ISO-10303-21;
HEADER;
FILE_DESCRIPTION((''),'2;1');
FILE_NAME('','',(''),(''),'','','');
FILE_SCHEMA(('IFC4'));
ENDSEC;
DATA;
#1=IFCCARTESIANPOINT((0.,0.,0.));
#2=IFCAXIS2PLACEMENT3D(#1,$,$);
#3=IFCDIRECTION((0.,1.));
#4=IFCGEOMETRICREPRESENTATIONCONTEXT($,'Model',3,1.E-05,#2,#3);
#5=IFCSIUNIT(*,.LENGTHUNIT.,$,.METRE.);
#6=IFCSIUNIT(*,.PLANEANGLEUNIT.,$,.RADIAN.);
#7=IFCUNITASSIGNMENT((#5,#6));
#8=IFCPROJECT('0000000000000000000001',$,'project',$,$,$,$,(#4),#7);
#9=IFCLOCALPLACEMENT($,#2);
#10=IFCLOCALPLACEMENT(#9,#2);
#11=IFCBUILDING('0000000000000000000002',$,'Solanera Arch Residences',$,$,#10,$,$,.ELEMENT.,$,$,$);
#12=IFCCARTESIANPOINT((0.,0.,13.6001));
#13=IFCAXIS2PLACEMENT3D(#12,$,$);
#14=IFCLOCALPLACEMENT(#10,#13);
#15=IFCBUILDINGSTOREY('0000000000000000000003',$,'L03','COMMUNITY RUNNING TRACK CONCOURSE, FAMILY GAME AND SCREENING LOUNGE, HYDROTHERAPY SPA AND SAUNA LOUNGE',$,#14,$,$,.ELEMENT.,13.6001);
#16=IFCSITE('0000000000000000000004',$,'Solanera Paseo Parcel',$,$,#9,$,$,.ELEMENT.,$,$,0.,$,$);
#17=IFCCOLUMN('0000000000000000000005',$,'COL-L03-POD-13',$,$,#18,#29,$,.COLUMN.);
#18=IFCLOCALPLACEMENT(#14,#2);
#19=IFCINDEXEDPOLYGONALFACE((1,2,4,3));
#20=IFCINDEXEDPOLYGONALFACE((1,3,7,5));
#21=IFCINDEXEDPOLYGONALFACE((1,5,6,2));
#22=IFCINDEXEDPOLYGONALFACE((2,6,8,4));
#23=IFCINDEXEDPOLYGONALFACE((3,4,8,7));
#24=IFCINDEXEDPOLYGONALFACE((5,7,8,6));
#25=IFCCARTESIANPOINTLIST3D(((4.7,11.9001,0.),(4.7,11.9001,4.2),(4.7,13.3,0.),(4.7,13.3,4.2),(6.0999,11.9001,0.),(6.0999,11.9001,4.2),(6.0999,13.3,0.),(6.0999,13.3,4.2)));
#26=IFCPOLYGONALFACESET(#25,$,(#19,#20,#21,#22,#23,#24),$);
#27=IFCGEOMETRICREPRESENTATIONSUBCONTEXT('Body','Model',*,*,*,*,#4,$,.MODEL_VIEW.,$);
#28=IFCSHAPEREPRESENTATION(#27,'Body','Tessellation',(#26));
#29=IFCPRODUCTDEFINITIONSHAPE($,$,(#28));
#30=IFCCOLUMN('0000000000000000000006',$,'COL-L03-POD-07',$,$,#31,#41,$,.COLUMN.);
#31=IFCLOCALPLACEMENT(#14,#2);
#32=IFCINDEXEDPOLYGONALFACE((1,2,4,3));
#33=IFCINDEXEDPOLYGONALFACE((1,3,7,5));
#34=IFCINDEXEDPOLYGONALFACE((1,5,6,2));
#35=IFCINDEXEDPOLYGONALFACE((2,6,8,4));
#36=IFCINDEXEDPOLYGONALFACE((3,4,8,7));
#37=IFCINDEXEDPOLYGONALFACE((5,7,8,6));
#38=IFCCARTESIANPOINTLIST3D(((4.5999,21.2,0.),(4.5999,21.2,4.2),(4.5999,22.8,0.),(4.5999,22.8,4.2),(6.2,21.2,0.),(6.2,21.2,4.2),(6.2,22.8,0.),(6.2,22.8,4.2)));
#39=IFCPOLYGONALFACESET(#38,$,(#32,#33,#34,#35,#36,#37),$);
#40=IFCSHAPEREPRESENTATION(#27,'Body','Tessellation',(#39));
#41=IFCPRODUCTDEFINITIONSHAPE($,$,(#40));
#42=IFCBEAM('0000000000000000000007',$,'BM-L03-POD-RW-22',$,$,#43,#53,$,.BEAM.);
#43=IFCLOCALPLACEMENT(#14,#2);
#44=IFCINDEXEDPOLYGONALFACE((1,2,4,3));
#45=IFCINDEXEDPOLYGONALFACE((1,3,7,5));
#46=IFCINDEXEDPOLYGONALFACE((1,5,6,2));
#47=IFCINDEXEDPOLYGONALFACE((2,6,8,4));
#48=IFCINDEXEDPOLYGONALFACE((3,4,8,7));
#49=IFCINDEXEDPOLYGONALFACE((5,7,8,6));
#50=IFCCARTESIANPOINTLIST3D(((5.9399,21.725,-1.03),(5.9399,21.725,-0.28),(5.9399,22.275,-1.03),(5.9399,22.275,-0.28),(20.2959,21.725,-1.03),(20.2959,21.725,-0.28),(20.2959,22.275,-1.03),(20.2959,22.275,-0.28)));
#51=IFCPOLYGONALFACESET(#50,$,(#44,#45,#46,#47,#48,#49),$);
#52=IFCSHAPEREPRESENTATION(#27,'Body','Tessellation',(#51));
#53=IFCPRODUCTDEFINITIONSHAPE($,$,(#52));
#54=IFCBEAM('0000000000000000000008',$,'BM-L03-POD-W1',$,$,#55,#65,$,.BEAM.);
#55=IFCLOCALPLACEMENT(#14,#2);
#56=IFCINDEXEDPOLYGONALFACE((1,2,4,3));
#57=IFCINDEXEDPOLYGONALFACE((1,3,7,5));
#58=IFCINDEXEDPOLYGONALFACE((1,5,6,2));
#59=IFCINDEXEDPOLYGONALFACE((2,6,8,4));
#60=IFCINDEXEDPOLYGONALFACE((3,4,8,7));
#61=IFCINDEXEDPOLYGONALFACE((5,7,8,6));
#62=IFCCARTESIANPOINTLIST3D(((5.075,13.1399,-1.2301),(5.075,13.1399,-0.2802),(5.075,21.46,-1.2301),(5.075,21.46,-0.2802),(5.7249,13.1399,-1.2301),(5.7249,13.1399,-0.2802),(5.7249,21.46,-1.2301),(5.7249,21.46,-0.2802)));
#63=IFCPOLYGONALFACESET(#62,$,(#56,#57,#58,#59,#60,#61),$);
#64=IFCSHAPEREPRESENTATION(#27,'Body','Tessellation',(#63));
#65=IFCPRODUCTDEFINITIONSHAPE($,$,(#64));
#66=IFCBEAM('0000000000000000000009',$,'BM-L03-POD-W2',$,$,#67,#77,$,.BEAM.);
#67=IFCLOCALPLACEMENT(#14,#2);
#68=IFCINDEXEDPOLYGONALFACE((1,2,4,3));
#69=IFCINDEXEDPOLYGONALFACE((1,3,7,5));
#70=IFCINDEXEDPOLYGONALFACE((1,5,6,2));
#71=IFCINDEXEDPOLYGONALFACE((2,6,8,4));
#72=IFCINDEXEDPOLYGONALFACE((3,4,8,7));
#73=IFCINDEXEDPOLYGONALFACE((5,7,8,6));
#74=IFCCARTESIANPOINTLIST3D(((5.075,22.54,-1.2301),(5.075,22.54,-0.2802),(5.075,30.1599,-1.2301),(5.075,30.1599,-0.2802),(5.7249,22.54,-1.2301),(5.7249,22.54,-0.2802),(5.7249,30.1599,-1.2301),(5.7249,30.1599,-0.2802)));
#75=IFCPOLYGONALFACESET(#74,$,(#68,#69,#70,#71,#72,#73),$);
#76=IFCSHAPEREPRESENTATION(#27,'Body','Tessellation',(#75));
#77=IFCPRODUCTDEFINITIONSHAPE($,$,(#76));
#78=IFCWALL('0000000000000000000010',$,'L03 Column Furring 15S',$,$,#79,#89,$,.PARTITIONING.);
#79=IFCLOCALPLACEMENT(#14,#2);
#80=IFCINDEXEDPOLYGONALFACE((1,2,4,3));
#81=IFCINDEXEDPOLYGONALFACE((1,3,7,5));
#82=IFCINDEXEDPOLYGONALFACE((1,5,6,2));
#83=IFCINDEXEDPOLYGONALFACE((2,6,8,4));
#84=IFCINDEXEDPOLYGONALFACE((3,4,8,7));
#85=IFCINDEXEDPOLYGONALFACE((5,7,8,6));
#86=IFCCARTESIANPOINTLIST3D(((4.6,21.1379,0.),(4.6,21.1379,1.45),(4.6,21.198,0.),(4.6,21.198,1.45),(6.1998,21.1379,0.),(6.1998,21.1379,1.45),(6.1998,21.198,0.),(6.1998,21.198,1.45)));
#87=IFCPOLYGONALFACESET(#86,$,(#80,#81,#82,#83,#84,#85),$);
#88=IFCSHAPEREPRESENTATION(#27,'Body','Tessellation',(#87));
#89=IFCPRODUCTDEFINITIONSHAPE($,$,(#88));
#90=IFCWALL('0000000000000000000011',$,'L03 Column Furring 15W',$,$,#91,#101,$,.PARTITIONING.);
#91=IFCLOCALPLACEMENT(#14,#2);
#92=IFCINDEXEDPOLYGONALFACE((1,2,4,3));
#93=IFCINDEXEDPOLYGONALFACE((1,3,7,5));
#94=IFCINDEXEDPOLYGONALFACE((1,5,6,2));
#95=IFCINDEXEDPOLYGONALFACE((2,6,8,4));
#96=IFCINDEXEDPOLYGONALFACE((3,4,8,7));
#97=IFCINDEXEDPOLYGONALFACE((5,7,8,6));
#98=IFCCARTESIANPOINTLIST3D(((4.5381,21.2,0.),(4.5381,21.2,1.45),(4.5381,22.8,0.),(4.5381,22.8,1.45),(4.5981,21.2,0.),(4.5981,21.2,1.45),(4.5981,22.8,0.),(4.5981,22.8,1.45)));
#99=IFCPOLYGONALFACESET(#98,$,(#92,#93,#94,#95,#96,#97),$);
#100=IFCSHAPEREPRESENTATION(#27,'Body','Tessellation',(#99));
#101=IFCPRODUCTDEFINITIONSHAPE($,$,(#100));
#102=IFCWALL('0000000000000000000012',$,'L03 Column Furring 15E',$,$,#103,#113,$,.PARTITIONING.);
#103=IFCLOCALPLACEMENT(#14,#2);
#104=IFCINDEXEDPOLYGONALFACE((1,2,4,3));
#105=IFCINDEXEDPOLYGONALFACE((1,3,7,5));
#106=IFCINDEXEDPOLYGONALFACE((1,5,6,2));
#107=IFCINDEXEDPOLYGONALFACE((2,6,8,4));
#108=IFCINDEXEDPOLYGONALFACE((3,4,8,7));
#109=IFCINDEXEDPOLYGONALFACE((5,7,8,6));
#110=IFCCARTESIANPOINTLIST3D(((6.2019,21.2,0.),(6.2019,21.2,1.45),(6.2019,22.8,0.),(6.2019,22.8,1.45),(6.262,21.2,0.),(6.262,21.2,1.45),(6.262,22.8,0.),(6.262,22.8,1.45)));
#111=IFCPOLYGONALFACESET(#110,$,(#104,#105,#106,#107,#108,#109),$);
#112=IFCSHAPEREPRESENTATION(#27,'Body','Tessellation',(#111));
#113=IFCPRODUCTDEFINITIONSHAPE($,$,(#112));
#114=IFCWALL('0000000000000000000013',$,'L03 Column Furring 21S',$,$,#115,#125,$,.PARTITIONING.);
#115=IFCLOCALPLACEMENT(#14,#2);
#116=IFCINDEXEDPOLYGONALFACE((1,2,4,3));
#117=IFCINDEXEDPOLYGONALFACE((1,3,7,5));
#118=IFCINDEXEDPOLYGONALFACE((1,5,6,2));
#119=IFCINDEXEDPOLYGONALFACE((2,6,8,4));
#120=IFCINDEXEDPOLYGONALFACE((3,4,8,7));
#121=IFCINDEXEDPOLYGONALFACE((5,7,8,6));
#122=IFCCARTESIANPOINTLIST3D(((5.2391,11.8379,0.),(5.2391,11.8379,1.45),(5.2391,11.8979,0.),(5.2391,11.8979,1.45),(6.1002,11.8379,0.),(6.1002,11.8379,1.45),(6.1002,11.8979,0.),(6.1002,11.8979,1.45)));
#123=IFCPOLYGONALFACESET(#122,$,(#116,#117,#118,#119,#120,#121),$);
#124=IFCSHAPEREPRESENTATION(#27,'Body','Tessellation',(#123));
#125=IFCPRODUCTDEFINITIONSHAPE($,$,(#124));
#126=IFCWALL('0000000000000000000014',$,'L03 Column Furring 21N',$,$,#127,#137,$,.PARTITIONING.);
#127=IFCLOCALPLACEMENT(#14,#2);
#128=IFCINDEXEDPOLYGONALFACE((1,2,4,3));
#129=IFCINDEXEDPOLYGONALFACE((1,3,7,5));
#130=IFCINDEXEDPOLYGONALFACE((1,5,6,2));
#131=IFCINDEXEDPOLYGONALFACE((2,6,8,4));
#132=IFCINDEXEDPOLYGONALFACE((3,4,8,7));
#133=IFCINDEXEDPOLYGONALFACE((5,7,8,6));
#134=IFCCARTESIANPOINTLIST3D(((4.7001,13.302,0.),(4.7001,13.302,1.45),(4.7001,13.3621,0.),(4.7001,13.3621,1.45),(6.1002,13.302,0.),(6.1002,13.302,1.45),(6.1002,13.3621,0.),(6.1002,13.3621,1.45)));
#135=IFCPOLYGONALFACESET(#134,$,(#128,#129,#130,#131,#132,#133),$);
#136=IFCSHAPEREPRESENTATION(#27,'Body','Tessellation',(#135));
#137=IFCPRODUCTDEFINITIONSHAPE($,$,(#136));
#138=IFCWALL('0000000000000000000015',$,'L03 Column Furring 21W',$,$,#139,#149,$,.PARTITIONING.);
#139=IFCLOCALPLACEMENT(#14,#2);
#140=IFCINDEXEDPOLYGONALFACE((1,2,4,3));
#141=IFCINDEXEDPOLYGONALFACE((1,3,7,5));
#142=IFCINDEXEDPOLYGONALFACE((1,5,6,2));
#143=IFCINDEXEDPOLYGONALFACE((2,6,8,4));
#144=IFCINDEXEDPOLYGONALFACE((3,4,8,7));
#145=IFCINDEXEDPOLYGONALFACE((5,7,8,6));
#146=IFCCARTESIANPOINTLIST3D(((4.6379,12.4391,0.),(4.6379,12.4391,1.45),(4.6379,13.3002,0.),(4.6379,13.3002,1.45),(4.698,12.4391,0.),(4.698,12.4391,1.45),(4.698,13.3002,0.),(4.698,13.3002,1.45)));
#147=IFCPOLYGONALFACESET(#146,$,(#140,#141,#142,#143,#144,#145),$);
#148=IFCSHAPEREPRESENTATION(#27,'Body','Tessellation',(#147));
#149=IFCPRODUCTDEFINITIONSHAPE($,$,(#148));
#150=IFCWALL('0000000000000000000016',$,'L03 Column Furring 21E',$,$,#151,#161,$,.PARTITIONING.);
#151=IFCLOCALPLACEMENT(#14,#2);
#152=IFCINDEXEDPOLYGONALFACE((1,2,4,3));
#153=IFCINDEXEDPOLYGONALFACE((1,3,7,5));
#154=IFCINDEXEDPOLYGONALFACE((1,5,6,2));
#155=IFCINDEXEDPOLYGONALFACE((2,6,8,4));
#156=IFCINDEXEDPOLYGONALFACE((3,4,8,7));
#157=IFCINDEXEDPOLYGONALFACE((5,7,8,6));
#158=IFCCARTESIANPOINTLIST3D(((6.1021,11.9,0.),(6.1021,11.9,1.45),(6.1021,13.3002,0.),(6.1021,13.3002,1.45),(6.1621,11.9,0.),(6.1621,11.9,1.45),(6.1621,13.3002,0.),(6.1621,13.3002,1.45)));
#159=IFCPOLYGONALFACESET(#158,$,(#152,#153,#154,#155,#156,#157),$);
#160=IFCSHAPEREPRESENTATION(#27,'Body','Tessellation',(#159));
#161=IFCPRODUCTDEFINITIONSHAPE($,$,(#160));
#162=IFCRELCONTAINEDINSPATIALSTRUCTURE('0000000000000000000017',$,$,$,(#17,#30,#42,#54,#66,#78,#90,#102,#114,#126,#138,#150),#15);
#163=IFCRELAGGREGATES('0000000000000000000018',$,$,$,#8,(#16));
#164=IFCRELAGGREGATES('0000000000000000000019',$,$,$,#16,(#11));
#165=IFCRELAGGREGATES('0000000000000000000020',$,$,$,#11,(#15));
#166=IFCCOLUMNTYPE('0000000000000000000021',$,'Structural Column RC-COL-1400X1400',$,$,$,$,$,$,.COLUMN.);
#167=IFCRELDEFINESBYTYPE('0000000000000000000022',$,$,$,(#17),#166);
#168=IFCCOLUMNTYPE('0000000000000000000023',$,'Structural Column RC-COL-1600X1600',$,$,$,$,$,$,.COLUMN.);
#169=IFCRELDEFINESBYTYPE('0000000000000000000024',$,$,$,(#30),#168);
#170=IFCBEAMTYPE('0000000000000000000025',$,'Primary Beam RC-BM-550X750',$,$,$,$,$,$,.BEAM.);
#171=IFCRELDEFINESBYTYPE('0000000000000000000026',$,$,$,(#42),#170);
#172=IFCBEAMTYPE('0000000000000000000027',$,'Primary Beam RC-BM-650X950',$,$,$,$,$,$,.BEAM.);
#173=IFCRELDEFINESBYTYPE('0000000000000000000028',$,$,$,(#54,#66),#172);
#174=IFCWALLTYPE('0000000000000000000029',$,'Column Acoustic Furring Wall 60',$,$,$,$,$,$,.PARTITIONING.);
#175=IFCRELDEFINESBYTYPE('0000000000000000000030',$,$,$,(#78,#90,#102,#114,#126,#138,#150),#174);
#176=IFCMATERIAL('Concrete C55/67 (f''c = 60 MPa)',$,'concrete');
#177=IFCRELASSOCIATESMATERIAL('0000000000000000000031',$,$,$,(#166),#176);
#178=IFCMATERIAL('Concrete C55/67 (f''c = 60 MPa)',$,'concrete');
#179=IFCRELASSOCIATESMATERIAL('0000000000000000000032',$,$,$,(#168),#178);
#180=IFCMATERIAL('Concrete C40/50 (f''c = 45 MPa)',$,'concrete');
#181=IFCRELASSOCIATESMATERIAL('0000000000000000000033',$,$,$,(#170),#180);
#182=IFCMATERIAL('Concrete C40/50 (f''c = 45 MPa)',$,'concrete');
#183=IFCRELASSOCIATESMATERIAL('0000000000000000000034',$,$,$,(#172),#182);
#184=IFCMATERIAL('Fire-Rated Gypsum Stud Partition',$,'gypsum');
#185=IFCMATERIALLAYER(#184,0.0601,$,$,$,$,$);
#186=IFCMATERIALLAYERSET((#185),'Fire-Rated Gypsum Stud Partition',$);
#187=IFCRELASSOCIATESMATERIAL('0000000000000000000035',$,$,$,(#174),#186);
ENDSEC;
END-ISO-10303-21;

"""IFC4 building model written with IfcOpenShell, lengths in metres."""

from ifc_helpers import new_model, si_unit, direction, frame, frame_2d, origin, origin_2d, place, context, subcontext, project, spatial, rectangle, extrude, material, layer, layer_set, material_profile, profile_set, type_object, element, save


model = new_model("IFC4")

# Units and contexts
model_context = context("Model", 3, precision=1e-05, world=origin(), true_north=direction((0.0, 1.0)))
body_context = subcontext(model_context, "Body", "Model", "MODEL_VIEW")
ifc_project = project(units=[si_unit("LENGTHUNIT", "METRE"), si_unit("PLANEANGLEUNIT", "RADIAN")], contexts=[model_context])

# Site, building, storey
site_placement = place(None, origin())
site = spatial("IfcSite", under=ifc_project, at=site_placement, Name="Solanera Paseo Parcel", CompositionType="ELEMENT", RefElevation=0.0)
building_placement = place(site_placement, origin())
building = spatial("IfcBuilding", under=site, at=building_placement, Name="Solanera Arch Residences", CompositionType="ELEMENT")
storey_placement = place(building_placement, frame((0.0, 0.0, 13.6001)))
storey = spatial("IfcBuildingStorey", under=building, at=storey_placement, Name="L03", Description="COMMUNITY RUNNING TRACK CONCOURSE, FAMILY GAME AND SCREENING LOUNGE, HYDROTHERAPY SPA AND SAUNA LOUNGE", CompositionType="ELEMENT", Elevation=13.6001)

# Columns
ifc_material_1 = material(Name="Concrete C55/67 (f'c = 60 MPa)", Category="concrete")
ifc_material_profile_1 = material_profile(ifc_material_1, rectangle(XDim=1.3999, YDim=1.3999, at=origin_2d()))
ifc_profile_set_1 = profile_set([ifc_material_profile_1], Name="Concrete C55/67 (f'c = 60 MPa)")
column_type_1 = type_object("IfcColumnType", Name="Structural Column RC-COL-1400X1400", PredefinedType="COLUMN", material=ifc_profile_set_1)
column_1_placement = place(storey_placement, frame((5.3999, 12.6001, 0.0), z_axis=(0.0, 0.0, 1.0), x_axis=(1.0, 0.0, 0.0)))
element("IfcColumn", 1, at=column_1_placement, inside=storey, type_object=column_type_1, Name="COL-L03-POD-13", PredefinedType="COLUMN", context=body_context, shape_type="SweptSolid", body=[
    extrude(rectangle(XDim=1.3999, YDim=1.3999, at=origin_2d()), origin(), (0.0, 0.0, 1.0), 4.2),
])
ifc_material_2 = material(Name="Concrete C55/67 (f'c = 60 MPa)", Category="concrete")
ifc_material_profile_2 = material_profile(ifc_material_2, rectangle(XDim=1.6001, YDim=1.6001, at=origin_2d()))
ifc_profile_set_2 = profile_set([ifc_material_profile_2], Name="Concrete C55/67 (f'c = 60 MPa)")
column_type_2 = type_object("IfcColumnType", Name="Structural Column RC-COL-1600X1600", PredefinedType="COLUMN", material=ifc_profile_set_2)
column_2_placement = place(storey_placement, frame((5.3999, 22.0, 0.0), z_axis=(0.0, 0.0, 1.0), x_axis=(1.0, 0.0, 0.0)))
element("IfcColumn", 2, at=column_2_placement, inside=storey, type_object=column_type_2, Name="COL-L03-POD-07", PredefinedType="COLUMN", context=body_context, shape_type="SweptSolid", body=[
    extrude(rectangle(XDim=1.6001, YDim=1.6001, at=origin_2d()), origin(), (0.0, 0.0, 1.0), 4.2),
])

# Beams
ifc_material_3 = material(Name="Concrete C40/50 (f'c = 45 MPa)", Category="concrete")
ifc_material_profile_3 = material_profile(ifc_material_3, rectangle(XDim=0.55, YDim=0.75, at=origin_2d()))
ifc_profile_set_3 = profile_set([ifc_material_profile_3], Name="Concrete C40/50 (f'c = 45 MPa)")
beam_type_1 = type_object("IfcBeamType", Name="Primary Beam RC-BM-550X750", PredefinedType="BEAM", material=ifc_profile_set_3)
beam_1_placement = place(storey_placement, frame((5.9399, 22.0, -0.655), z_axis=(1.0, 0.0, 0.0), x_axis=(0.0, 1.0, 0.0)))
element("IfcBeam", 3, at=beam_1_placement, inside=storey, type_object=beam_type_1, Name="BM-L03-POD-RW-22", PredefinedType="BEAM", context=body_context, shape_type="SweptSolid", body=[
    extrude(rectangle(XDim=0.55, YDim=0.75, at=origin_2d()), origin(), (0.0, 0.0, 1.0), 14.356),
])
ifc_material_4 = material(Name="Concrete C40/50 (f'c = 45 MPa)", Category="concrete")
ifc_material_profile_4 = material_profile(ifc_material_4, rectangle(XDim=0.6499, YDim=0.95, at=origin_2d()))
ifc_profile_set_4 = profile_set([ifc_material_profile_4], Name="Concrete C40/50 (f'c = 45 MPa)")
beam_type_2 = type_object("IfcBeamType", Name="Primary Beam RC-BM-650X950", PredefinedType="BEAM", material=ifc_profile_set_4)
beam_2_placement = place(storey_placement, frame((5.3999, 13.1399, -0.7551), z_axis=(0.0, 1.0, 0.0), x_axis=(-1.0, 0.0, 0.0)))
element("IfcBeam", 4, at=beam_2_placement, inside=storey, type_object=beam_type_2, Name="BM-L03-POD-W1", PredefinedType="BEAM", context=body_context, shape_type="SweptSolid", body=[
    extrude(rectangle(XDim=0.6499, YDim=0.95, at=origin_2d()), origin(), (0.0, 0.0, 1.0), 8.3201),
])
beam_3_placement = place(storey_placement, frame((5.3999, 22.54, -0.7551), z_axis=(0.0, 1.0, 0.0), x_axis=(-1.0, 0.0, 0.0)))
element("IfcBeam", 5, at=beam_3_placement, inside=storey, type_object=beam_type_2, Name="BM-L03-POD-W2", PredefinedType="BEAM", context=body_context, shape_type="SweptSolid", body=[
    extrude(rectangle(XDim=0.6499, YDim=0.95, at=origin_2d()), origin(), (0.0, 0.0, 1.0), 7.6199),
])

# Walls
ifc_material_5 = material(Name="Fire-Rated Gypsum Stud Partition", Category="gypsum")
ifc_layer_1 = layer(ifc_material_5, 0.0601)
ifc_layer_set_1 = layer_set([ifc_layer_1], Name="Fire-Rated Gypsum Stud Partition")
wall_type_1 = type_object("IfcWallType", Name="Column Acoustic Furring Wall 60", PredefinedType="PARTITIONING", material=ifc_layer_set_1)
wall_1_placement = place(storey_placement, frame((4.6001, 21.168, 0.0), z_axis=(0.0, 0.0, 1.0), x_axis=(1.0, 0.0, 0.0)))
element("IfcWall", 6, at=wall_1_placement, inside=storey, type_object=wall_type_1, Name="L03 Column Furring 15S", PredefinedType="PARTITIONING", context=body_context, shape_type="SweptSolid", body=[
    extrude(rectangle(XDim=1.5999, YDim=0.0601, at=frame_2d((0.7998, 0.0))), origin(), (0.0, 0.0, 1.0), 1.45),
])
for number, where, z_axis, x_axis, name in (
    (7, (4.5681, 21.2, 0.0), (0.0, 0.0, 1.0), (0.0, 1.0, 0.0), "L03 Column Furring 15W"),
    (8, (6.2319, 21.2, 0.0), (0.0, 0.0, 1.0), (0.0, 1.0, 0.0), "L03 Column Furring 15E"),
):
    element("IfcWall", number, at=place(storey_placement, frame(where, z_axis=z_axis, x_axis=x_axis)), inside=storey, type_object=wall_type_1, Name=name, PredefinedType="PARTITIONING", context=body_context, shape_type="SweptSolid", body=[
        extrude(rectangle(XDim=1.6001, YDim=0.0601, at=frame_2d((0.8, 0.0))), origin(), (0.0, 0.0, 1.0), 1.45),
    ])
wall_2_placement = place(storey_placement, frame((5.239, 11.8679, 0.0), z_axis=(0.0, 0.0, 1.0), x_axis=(1.0, 0.0, 0.0)))
element("IfcWall", 9, at=wall_2_placement, inside=storey, type_object=wall_type_1, Name="L03 Column Furring 21S", PredefinedType="PARTITIONING", context=body_context, shape_type="SweptSolid", body=[
    extrude(rectangle(XDim=0.8611, YDim=0.0601, at=frame_2d((0.4307, 0.0))), origin(), (0.0, 0.0, 1.0), 1.45),
])
wall_3_placement = place(storey_placement, frame((4.7, 13.332, 0.0), z_axis=(0.0, 0.0, 1.0), x_axis=(1.0, 0.0, 0.0)))
element("IfcWall", 10, at=wall_3_placement, inside=storey, type_object=wall_type_1, Name="L03 Column Furring 21N", PredefinedType="PARTITIONING", context=body_context, shape_type="SweptSolid", body=[
    extrude(rectangle(XDim=1.4001, YDim=0.0601, at=frame_2d((0.7002, 0.0))), origin(), (0.0, 0.0, 1.0), 1.45),
])
wall_4_placement = place(storey_placement, frame((4.668, 12.439, 0.0), z_axis=(0.0, 0.0, 1.0), x_axis=(0.0, 1.0, 0.0)))
element("IfcWall", 11, at=wall_4_placement, inside=storey, type_object=wall_type_1, Name="L03 Column Furring 21W", PredefinedType="PARTITIONING", context=body_context, shape_type="SweptSolid", body=[
    extrude(rectangle(XDim=0.8611, YDim=0.0601, at=frame_2d((0.4307, 0.0))), origin(), (0.0, 0.0, 1.0), 1.45),
])
wall_5_placement = place(storey_placement, frame((6.1321, 11.8999, 0.0), z_axis=(0.0, 0.0, 1.0), x_axis=(0.0, 1.0, 0.0)))
element("IfcWall", 12, at=wall_5_placement, inside=storey, type_object=wall_type_1, Name="L03 Column Furring 21E", PredefinedType="PARTITIONING", context=body_context, shape_type="SweptSolid", body=[
    extrude(rectangle(XDim=1.4001, YDim=0.0601, at=frame_2d((0.7002, 0.0))), origin(), (0.0, 0.0, 1.0), 1.45),
])

save(model, "model.ifc")
